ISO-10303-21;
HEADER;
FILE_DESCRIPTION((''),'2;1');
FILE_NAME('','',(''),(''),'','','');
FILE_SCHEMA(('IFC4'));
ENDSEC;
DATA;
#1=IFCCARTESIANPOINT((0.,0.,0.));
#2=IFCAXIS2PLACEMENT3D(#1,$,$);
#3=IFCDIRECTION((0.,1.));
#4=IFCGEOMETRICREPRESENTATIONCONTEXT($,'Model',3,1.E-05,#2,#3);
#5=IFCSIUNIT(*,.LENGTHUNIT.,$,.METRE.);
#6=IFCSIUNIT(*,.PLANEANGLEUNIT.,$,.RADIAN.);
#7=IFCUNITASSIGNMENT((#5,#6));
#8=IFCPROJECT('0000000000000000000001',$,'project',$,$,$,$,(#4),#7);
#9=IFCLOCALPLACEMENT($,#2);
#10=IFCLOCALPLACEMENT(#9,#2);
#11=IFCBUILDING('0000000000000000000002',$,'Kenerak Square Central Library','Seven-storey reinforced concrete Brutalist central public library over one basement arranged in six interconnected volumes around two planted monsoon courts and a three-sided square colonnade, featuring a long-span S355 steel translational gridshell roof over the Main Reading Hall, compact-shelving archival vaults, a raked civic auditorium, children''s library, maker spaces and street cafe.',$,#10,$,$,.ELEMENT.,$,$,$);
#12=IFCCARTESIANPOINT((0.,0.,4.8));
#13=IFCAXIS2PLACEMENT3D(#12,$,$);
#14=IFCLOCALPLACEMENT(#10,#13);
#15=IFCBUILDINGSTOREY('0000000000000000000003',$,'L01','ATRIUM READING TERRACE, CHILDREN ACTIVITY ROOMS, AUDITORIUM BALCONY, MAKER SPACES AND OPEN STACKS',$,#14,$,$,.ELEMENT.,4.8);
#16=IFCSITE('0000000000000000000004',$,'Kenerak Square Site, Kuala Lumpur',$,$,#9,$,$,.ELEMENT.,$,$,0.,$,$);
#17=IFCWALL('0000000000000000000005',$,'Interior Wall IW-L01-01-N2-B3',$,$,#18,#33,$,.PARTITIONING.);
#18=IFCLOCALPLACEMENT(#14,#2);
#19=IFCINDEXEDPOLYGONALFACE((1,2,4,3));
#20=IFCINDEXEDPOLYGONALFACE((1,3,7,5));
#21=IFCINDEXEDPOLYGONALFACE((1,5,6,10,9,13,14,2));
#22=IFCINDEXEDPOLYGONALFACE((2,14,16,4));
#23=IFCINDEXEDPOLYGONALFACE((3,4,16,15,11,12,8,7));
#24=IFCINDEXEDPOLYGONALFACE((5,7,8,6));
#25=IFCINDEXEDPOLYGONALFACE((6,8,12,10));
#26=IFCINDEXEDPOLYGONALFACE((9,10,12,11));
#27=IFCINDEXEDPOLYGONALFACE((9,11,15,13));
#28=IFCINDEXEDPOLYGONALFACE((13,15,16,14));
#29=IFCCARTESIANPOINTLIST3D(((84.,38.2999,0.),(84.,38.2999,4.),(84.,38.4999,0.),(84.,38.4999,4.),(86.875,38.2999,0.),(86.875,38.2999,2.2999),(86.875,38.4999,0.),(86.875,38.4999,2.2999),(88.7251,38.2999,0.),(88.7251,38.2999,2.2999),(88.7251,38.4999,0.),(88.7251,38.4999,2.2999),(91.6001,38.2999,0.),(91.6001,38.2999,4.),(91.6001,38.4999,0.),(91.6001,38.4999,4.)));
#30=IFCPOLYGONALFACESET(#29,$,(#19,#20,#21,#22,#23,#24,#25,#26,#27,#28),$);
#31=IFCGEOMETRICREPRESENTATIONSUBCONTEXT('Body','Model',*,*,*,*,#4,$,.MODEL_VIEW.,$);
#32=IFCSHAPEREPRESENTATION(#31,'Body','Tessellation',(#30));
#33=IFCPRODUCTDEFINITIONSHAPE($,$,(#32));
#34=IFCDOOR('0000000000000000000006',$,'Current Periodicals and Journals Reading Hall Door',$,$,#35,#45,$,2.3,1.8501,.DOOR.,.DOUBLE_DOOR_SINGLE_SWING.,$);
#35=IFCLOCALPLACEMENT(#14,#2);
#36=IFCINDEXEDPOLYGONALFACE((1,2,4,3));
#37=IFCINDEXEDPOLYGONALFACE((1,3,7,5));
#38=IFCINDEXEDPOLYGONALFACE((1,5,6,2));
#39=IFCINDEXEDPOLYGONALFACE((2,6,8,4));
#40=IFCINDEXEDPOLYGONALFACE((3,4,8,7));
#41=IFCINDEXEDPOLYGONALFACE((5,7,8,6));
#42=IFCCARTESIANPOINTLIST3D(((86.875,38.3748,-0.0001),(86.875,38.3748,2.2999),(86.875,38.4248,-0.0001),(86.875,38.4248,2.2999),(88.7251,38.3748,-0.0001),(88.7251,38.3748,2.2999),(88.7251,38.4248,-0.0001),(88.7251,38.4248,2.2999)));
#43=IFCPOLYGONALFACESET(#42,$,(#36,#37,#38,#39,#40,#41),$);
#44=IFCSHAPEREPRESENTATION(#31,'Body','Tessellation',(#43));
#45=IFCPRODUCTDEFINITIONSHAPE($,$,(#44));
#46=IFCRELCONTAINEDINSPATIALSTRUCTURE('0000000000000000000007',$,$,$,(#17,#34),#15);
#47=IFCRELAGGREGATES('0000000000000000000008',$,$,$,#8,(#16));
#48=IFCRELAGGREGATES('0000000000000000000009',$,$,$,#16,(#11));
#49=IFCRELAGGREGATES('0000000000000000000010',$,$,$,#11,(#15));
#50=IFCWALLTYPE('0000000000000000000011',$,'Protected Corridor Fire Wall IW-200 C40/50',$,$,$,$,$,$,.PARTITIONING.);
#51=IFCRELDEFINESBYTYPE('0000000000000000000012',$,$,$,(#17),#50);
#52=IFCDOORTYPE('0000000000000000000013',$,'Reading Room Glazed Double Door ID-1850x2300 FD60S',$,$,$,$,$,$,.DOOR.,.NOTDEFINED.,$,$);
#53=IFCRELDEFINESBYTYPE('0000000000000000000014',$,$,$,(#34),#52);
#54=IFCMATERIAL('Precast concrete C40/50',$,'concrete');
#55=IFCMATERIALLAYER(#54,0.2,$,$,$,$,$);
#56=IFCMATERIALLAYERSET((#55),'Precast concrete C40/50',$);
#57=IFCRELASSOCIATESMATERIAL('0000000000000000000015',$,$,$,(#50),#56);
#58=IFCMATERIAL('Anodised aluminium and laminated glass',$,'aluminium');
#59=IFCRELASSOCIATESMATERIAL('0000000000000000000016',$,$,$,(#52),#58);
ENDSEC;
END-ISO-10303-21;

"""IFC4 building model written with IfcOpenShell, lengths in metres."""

from ifc_helpers import new_model, si_unit, direction, frame, frame_2d, origin, place, context, subcontext, project, spatial, rectangle, extrude, material, layer, layer_set, type_object, element, fill, save


model = new_model("IFC4")

# Units and contexts
model_context = context("Model", 3, precision=1e-05, world=origin(), true_north=direction((0.0, 1.0)))
body_context = subcontext(model_context, "Body", "Model", "MODEL_VIEW")
ifc_project = project(units=[si_unit("LENGTHUNIT", "METRE"), si_unit("PLANEANGLEUNIT", "RADIAN")], contexts=[model_context])

# Site, building, storey
site_placement = place(None, origin())
site = spatial("IfcSite", under=ifc_project, at=site_placement, Name="Kenerak Square Site, Kuala Lumpur", CompositionType="ELEMENT", RefElevation=0.0)
building_placement = place(site_placement, origin())
building = spatial("IfcBuilding", under=site, at=building_placement, Name="Kenerak Square Central Library", Description="Seven-storey reinforced concrete Brutalist central public library over one basement arranged in six interconnected volumes around two planted monsoon courts and a three-sided square colonnade, featuring a long-span S355 steel translational gridshell roof over the Main Reading Hall, compact-shelving archival vaults, a raked civic auditorium, children's library, maker spaces and street cafe.", CompositionType="ELEMENT")
storey_placement = place(building_placement, frame((0.0, 0.0, 4.8)))
storey = spatial("IfcBuildingStorey", under=building, at=storey_placement, Name="L01", Description="ATRIUM READING TERRACE, CHILDREN ACTIVITY ROOMS, AUDITORIUM BALCONY, MAKER SPACES AND OPEN STACKS", CompositionType="ELEMENT", Elevation=4.8)

# Shared definitions
ifc_material_1 = material(Name="Precast concrete C40/50", Category="concrete")
ifc_layer = layer(ifc_material_1, 0.2)
ifc_layer_set = layer_set([ifc_layer], Name="Precast concrete C40/50")
wall_type = type_object("IfcWallType", Name="Protected Corridor Fire Wall IW-200 C40/50", PredefinedType="PARTITIONING", material=ifc_layer_set)

# Wall, opening, door
wall_1_placement = place(storey_placement, frame((84.0, 38.3999, 0.0), z_axis=(0.0, 0.0, 1.0), x_axis=(1.0, 0.0, 0.0)))
wall_1 = element("IfcWall", 1, at=wall_1_placement, inside=storey, type_object=wall_type, Name="Interior Wall IW-L01-01-N2-B3", PredefinedType="PARTITIONING", context=body_context, shape_type="SweptSolid", body=[
    extrude(rectangle(XDim=7.6001, YDim=0.2, at=frame_2d((3.8, 0.0))), origin(), (0.0, 0.0, 1.0), 4.0),
])
opening_placement = place(wall_1_placement, frame((2.875, 0.0, 0.0)))
opening = element("IfcOpeningElement", 2, at=opening_placement, cuts=wall_1, PredefinedType="OPENING", context=body_context, shape_type="SweptSolid", body=[
    extrude(rectangle(XDim=1.8501, YDim=2.3, at=frame_2d((0.925, 1.1499))), frame((0.0, 0.1099, 0.0), z_axis=(0.0, -1.0, 0.0), x_axis=(1.0, 0.0, 0.0)), (0.0, 0.0, 1.0), 0.22),
])
ifc_material_2 = material(Name="Anodised aluminium and laminated glass", Category="aluminium")
door_type = type_object("IfcDoorType", Name="Reading Room Glazed Double Door ID-1850x2300 FD60S", OperationType="NOTDEFINED", PredefinedType="DOOR", material=ifc_material_2)
door_placement = place(opening_placement, origin())
door = element("IfcDoor", 3, at=door_placement, inside=storey, type_object=door_type, Name="Current Periodicals and Journals Reading Hall Door", OperationType="DOUBLE_DOOR_SINGLE_SWING", OverallHeight=2.3, OverallWidth=1.8501, PredefinedType="DOOR", context=body_context, shape_type="SweptSolid", body=[
    extrude(rectangle(XDim=1.8501, YDim=2.3, at=frame_2d((0.925, 1.1499))), frame((0.0, 0.0249, 0.0), z_axis=(0.0, -1.0, 0.0), x_axis=(1.0, 0.0, 0.0)), (0.0, 0.0, 1.0), 0.05),
])
fill(opening, door)

save(model, "model.ifc")
